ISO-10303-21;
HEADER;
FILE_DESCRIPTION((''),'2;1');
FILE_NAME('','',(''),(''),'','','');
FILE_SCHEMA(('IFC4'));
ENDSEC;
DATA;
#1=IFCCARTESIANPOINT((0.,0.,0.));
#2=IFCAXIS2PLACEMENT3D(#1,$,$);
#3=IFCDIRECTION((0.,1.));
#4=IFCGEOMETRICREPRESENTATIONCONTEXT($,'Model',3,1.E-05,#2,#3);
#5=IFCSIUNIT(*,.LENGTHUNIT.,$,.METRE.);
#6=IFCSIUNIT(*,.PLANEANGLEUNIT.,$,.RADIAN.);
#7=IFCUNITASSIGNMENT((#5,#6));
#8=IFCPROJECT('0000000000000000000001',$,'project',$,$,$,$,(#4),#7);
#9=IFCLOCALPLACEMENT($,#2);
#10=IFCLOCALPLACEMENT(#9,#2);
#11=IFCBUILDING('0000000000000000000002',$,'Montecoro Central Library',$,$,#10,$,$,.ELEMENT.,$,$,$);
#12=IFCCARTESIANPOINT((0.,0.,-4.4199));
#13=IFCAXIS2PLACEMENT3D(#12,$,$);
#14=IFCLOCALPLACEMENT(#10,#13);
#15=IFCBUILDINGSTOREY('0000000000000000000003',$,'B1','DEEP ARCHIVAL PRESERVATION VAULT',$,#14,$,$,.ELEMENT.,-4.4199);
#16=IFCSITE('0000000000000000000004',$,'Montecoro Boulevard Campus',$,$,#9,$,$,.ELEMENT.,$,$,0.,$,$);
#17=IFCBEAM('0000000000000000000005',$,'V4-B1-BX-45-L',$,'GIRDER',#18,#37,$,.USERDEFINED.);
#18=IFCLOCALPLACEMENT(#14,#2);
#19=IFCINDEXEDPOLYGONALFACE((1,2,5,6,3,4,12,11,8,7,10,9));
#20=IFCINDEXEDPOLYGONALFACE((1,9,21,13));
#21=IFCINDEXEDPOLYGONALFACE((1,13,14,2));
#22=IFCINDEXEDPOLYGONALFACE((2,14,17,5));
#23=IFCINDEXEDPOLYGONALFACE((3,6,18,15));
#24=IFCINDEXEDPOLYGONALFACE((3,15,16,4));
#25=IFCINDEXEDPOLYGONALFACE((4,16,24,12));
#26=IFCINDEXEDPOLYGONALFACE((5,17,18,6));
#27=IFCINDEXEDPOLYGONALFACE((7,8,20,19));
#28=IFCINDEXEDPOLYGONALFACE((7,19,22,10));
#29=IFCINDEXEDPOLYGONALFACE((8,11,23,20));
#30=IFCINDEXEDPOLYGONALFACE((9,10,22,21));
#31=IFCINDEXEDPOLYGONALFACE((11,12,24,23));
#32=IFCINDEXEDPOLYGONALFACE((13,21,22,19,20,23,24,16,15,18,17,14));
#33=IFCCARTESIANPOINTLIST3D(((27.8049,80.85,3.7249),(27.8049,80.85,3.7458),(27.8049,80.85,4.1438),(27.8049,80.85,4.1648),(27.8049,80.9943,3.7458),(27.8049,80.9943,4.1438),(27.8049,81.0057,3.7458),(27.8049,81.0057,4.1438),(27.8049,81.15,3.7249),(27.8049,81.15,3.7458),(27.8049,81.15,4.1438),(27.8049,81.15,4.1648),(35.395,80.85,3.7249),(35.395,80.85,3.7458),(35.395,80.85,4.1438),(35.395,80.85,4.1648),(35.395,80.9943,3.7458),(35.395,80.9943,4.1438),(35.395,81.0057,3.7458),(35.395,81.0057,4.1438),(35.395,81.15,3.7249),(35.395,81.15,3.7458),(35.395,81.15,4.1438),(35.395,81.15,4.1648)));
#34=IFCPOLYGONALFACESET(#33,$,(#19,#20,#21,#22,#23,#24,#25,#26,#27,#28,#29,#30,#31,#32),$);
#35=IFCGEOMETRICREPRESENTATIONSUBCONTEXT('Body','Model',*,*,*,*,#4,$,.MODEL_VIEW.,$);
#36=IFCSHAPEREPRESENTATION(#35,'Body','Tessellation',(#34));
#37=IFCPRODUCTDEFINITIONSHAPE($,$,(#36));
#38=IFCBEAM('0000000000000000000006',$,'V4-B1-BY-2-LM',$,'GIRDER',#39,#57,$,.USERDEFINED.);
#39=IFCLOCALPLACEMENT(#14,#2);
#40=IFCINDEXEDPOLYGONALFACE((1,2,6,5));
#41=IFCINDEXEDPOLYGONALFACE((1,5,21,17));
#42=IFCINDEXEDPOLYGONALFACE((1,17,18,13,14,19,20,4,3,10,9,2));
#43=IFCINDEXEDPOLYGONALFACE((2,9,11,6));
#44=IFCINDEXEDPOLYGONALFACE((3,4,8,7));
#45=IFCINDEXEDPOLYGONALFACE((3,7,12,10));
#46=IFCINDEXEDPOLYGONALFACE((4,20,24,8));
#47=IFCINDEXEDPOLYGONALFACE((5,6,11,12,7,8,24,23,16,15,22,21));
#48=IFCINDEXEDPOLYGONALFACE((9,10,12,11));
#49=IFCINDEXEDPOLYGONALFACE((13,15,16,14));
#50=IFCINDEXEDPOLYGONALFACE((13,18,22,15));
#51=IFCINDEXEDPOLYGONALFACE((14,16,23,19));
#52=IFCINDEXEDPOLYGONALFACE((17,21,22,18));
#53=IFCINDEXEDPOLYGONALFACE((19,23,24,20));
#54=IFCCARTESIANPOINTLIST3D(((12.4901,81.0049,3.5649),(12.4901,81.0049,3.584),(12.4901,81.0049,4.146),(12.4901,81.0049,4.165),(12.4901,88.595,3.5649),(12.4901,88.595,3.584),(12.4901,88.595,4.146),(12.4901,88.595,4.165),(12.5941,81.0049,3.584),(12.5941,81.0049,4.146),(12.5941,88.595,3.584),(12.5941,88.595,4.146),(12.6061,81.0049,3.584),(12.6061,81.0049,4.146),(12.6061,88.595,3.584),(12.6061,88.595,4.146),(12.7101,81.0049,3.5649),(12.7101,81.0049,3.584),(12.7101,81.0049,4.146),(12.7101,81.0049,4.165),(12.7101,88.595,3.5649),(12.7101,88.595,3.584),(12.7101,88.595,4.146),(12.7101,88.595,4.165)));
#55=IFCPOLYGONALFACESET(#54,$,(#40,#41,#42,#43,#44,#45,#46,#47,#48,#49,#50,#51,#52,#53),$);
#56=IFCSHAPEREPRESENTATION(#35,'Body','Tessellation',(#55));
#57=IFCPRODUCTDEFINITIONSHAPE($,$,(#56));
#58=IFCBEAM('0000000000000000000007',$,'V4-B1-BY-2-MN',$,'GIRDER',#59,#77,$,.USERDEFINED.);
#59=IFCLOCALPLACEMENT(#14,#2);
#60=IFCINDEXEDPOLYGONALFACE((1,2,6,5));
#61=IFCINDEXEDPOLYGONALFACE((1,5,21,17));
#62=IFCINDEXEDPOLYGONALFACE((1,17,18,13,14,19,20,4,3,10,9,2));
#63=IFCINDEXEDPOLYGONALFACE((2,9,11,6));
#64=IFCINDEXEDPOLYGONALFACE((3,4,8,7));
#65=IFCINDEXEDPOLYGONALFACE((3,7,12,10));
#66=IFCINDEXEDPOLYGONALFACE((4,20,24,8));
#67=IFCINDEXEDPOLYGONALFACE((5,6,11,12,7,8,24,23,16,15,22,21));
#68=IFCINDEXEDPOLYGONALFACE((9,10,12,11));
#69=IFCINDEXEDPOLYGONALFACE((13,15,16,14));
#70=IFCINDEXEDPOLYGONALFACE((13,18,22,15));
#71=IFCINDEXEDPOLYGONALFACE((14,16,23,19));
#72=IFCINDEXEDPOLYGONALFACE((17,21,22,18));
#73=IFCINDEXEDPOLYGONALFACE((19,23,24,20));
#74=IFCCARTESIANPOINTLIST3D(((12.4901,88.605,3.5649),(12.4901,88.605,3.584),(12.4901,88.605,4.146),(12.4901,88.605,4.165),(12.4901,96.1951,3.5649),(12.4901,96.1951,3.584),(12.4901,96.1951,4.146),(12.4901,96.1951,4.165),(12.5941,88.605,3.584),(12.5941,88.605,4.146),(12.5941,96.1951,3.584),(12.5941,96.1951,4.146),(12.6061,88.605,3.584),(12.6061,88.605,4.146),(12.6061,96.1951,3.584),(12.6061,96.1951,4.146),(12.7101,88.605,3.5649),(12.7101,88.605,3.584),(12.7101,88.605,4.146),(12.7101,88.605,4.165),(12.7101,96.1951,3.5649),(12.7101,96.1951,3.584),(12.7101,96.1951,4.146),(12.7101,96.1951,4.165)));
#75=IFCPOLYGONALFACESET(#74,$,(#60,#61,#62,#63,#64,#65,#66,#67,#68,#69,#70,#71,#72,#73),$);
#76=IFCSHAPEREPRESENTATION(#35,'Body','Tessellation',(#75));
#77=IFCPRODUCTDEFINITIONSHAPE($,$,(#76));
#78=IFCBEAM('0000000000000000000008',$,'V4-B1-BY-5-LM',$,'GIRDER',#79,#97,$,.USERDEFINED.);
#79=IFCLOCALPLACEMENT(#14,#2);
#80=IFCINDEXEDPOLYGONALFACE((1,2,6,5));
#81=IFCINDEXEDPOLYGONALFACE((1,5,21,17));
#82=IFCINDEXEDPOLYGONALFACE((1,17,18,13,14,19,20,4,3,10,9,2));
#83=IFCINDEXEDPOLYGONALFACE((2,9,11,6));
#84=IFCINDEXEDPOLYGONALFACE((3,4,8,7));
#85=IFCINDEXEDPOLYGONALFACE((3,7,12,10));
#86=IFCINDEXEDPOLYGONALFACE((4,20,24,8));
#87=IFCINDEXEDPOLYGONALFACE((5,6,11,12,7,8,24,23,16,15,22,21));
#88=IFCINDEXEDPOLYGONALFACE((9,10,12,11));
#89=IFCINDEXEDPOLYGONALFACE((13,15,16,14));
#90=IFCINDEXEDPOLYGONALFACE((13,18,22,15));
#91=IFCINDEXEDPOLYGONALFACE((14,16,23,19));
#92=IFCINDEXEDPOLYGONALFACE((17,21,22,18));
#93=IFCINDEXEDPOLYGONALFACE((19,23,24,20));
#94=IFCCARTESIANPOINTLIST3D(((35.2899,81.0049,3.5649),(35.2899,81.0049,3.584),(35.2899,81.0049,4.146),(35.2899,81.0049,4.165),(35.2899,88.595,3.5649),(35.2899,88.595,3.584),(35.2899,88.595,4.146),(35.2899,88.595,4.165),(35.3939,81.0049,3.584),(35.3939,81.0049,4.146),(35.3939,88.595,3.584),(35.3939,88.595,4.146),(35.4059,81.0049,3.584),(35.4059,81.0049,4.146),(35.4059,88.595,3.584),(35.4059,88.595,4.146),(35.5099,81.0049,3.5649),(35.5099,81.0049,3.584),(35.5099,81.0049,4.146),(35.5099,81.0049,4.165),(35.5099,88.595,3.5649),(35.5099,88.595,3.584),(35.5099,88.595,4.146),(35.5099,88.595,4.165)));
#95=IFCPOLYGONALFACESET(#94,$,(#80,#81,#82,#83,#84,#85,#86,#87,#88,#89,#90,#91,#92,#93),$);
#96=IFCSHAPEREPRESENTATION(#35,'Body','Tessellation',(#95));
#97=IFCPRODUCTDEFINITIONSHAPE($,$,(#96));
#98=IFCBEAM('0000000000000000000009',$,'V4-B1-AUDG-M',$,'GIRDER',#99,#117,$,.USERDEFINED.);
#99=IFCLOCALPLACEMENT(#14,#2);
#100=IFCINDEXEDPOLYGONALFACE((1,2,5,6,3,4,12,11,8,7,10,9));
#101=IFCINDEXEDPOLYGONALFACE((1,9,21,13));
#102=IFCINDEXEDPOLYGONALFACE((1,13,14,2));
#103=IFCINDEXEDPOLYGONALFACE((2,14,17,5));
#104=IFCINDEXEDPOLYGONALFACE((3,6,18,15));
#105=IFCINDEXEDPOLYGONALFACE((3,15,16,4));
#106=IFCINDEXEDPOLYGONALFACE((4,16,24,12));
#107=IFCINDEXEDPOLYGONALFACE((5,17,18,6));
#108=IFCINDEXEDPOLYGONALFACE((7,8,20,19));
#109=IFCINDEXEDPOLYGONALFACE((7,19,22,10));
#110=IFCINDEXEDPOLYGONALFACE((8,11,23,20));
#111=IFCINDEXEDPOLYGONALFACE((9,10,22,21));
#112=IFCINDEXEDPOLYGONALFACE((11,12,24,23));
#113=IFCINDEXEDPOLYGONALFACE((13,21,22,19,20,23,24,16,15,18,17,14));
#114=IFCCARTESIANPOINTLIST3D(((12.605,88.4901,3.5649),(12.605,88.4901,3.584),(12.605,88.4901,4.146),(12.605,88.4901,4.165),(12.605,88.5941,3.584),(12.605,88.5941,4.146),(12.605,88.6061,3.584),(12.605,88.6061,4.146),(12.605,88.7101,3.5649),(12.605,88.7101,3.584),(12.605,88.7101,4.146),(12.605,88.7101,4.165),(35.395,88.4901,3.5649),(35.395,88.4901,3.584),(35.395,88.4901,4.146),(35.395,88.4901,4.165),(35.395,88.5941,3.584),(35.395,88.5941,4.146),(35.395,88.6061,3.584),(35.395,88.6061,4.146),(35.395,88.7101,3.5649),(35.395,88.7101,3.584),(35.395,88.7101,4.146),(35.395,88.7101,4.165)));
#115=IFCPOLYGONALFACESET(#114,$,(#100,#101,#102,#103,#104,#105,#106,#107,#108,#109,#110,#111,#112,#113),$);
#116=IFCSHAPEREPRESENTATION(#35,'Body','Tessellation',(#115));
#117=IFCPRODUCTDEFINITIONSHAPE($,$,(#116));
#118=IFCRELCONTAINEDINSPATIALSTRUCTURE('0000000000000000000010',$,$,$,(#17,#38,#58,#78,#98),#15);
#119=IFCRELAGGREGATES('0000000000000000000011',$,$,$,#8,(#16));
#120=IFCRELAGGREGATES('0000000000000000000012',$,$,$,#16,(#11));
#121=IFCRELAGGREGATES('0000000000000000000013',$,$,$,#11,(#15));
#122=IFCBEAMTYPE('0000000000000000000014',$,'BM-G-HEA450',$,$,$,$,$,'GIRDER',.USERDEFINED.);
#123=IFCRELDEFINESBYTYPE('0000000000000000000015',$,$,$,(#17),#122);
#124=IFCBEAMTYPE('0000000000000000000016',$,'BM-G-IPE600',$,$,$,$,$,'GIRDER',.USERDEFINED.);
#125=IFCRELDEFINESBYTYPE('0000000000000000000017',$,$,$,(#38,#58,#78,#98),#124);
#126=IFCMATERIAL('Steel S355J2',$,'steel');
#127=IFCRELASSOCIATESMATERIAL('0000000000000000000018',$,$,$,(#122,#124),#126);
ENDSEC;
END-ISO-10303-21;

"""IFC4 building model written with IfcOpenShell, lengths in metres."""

from ifc_helpers import new_model, si_unit, direction, frame, origin, origin_2d, place, context, subcontext, project, spatial, i_section, extrude, material, material_profile, profile_set, type_object, element, save


model = new_model("IFC4")

# Units and contexts
model_context = context("Model", 3, precision=1e-05, world=origin(), true_north=direction((0.0, 1.0)))
body_context = subcontext(model_context, "Body", "Model", "MODEL_VIEW")
ifc_project = project(units=[si_unit("LENGTHUNIT", "METRE"), si_unit("PLANEANGLEUNIT", "RADIAN")], contexts=[model_context])

# Site, building, storey
site_placement = place(None, origin())
site = spatial("IfcSite", under=ifc_project, at=site_placement, Name="Montecoro Boulevard Campus", CompositionType="ELEMENT", RefElevation=0.0)
building_placement = place(site_placement, origin())
building = spatial("IfcBuilding", under=site, at=building_placement, Name="Montecoro Central Library", CompositionType="ELEMENT")
storey_placement = place(building_placement, frame((0.0, 0.0, -4.4199)))
storey = spatial("IfcBuildingStorey", under=building, at=storey_placement, Name="B1", Description="DEEP ARCHIVAL PRESERVATION VAULT", CompositionType="ELEMENT", Elevation=-4.4199)

# Shared definitions
ifc_material_1 = material(Name="Steel S355J2", Category="steel")

# Beams
ifc_material_profile_1 = material_profile(ifc_material_1, i_section(OverallWidth=0.3, OverallDepth=0.4399, WebThickness=0.0115, FlangeThickness=0.021, at=origin_2d()), Name="HEA 450")
ifc_profile_set_1 = profile_set([ifc_material_profile_1], Name="Steel S355J2")
beam_type_1 = type_object("IfcBeamType", Name="BM-G-HEA450", ElementType="GIRDER", PredefinedType="USERDEFINED", material=ifc_profile_set_1)
beam_1_placement = place(storey_placement, frame((27.8049, 81.0, 3.9448), z_axis=(1.0, 0.0, 0.0), x_axis=(0.0, 1.0, 0.0)))
element("IfcBeam", 1, at=beam_1_placement, inside=storey, type_object=beam_type_1, Name="V4-B1-BX-45-L", ObjectType="GIRDER", PredefinedType="USERDEFINED", context=body_context, shape_type="SweptSolid", body=[
    extrude(i_section(OverallWidth=0.3, OverallDepth=0.4399, WebThickness=0.0115, FlangeThickness=0.021, at=origin_2d()), origin(), (0.0, 0.0, 1.0), 7.5901),
])
ifc_material_profile_2 = material_profile(ifc_material_1, i_section(OverallWidth=0.22, OverallDepth=0.6001, WebThickness=0.012, FlangeThickness=0.019, at=origin_2d()), Name="IPE 600")
ifc_profile_set_2 = profile_set([ifc_material_profile_2], Name="Steel S355J2")
beam_type_2 = type_object("IfcBeamType", Name="BM-G-IPE600", ElementType="GIRDER", PredefinedType="USERDEFINED", material=ifc_profile_set_2)
for number, where, z_axis, x_axis, name in (
    (2, (12.6001, 81.0049, 3.865), (0.0, 1.0, 0.0), (-1.0, 0.0, 0.0), "V4-B1-BY-2-LM"),
    (3, (12.6001, 88.605, 3.865), (0.0, 1.0, 0.0), (-1.0, 0.0, 0.0), "V4-B1-BY-2-MN"),
    (4, (35.3999, 81.0049, 3.865), (0.0, 1.0, 0.0), (-1.0, 0.0, 0.0), "V4-B1-BY-5-LM"),
):
    element("IfcBeam", number, at=place(storey_placement, frame(where, z_axis=z_axis, x_axis=x_axis)), inside=storey, type_object=beam_type_2, Name=name, ObjectType="GIRDER", PredefinedType="USERDEFINED", context=body_context, shape_type="SweptSolid", body=[
        extrude(i_section(OverallWidth=0.22, OverallDepth=0.6001, WebThickness=0.012, FlangeThickness=0.019, at=origin_2d()), origin(), (0.0, 0.0, 1.0), 7.5901),
    ])
beam_2_placement = place(storey_placement, frame((12.605, 88.6001, 3.865), z_axis=(1.0, 0.0, 0.0), x_axis=(0.0, 1.0, 0.0)))
element("IfcBeam", 5, at=beam_2_placement, inside=storey, type_object=beam_type_2, Name="V4-B1-AUDG-M", ObjectType="GIRDER", PredefinedType="USERDEFINED", context=body_context, shape_type="SweptSolid", body=[
    extrude(i_section(OverallWidth=0.22, OverallDepth=0.6001, WebThickness=0.012, FlangeThickness=0.019, at=origin_2d()), origin(), (0.0, 0.0, 1.0), 22.79),
])

save(model, "model.ifc")
